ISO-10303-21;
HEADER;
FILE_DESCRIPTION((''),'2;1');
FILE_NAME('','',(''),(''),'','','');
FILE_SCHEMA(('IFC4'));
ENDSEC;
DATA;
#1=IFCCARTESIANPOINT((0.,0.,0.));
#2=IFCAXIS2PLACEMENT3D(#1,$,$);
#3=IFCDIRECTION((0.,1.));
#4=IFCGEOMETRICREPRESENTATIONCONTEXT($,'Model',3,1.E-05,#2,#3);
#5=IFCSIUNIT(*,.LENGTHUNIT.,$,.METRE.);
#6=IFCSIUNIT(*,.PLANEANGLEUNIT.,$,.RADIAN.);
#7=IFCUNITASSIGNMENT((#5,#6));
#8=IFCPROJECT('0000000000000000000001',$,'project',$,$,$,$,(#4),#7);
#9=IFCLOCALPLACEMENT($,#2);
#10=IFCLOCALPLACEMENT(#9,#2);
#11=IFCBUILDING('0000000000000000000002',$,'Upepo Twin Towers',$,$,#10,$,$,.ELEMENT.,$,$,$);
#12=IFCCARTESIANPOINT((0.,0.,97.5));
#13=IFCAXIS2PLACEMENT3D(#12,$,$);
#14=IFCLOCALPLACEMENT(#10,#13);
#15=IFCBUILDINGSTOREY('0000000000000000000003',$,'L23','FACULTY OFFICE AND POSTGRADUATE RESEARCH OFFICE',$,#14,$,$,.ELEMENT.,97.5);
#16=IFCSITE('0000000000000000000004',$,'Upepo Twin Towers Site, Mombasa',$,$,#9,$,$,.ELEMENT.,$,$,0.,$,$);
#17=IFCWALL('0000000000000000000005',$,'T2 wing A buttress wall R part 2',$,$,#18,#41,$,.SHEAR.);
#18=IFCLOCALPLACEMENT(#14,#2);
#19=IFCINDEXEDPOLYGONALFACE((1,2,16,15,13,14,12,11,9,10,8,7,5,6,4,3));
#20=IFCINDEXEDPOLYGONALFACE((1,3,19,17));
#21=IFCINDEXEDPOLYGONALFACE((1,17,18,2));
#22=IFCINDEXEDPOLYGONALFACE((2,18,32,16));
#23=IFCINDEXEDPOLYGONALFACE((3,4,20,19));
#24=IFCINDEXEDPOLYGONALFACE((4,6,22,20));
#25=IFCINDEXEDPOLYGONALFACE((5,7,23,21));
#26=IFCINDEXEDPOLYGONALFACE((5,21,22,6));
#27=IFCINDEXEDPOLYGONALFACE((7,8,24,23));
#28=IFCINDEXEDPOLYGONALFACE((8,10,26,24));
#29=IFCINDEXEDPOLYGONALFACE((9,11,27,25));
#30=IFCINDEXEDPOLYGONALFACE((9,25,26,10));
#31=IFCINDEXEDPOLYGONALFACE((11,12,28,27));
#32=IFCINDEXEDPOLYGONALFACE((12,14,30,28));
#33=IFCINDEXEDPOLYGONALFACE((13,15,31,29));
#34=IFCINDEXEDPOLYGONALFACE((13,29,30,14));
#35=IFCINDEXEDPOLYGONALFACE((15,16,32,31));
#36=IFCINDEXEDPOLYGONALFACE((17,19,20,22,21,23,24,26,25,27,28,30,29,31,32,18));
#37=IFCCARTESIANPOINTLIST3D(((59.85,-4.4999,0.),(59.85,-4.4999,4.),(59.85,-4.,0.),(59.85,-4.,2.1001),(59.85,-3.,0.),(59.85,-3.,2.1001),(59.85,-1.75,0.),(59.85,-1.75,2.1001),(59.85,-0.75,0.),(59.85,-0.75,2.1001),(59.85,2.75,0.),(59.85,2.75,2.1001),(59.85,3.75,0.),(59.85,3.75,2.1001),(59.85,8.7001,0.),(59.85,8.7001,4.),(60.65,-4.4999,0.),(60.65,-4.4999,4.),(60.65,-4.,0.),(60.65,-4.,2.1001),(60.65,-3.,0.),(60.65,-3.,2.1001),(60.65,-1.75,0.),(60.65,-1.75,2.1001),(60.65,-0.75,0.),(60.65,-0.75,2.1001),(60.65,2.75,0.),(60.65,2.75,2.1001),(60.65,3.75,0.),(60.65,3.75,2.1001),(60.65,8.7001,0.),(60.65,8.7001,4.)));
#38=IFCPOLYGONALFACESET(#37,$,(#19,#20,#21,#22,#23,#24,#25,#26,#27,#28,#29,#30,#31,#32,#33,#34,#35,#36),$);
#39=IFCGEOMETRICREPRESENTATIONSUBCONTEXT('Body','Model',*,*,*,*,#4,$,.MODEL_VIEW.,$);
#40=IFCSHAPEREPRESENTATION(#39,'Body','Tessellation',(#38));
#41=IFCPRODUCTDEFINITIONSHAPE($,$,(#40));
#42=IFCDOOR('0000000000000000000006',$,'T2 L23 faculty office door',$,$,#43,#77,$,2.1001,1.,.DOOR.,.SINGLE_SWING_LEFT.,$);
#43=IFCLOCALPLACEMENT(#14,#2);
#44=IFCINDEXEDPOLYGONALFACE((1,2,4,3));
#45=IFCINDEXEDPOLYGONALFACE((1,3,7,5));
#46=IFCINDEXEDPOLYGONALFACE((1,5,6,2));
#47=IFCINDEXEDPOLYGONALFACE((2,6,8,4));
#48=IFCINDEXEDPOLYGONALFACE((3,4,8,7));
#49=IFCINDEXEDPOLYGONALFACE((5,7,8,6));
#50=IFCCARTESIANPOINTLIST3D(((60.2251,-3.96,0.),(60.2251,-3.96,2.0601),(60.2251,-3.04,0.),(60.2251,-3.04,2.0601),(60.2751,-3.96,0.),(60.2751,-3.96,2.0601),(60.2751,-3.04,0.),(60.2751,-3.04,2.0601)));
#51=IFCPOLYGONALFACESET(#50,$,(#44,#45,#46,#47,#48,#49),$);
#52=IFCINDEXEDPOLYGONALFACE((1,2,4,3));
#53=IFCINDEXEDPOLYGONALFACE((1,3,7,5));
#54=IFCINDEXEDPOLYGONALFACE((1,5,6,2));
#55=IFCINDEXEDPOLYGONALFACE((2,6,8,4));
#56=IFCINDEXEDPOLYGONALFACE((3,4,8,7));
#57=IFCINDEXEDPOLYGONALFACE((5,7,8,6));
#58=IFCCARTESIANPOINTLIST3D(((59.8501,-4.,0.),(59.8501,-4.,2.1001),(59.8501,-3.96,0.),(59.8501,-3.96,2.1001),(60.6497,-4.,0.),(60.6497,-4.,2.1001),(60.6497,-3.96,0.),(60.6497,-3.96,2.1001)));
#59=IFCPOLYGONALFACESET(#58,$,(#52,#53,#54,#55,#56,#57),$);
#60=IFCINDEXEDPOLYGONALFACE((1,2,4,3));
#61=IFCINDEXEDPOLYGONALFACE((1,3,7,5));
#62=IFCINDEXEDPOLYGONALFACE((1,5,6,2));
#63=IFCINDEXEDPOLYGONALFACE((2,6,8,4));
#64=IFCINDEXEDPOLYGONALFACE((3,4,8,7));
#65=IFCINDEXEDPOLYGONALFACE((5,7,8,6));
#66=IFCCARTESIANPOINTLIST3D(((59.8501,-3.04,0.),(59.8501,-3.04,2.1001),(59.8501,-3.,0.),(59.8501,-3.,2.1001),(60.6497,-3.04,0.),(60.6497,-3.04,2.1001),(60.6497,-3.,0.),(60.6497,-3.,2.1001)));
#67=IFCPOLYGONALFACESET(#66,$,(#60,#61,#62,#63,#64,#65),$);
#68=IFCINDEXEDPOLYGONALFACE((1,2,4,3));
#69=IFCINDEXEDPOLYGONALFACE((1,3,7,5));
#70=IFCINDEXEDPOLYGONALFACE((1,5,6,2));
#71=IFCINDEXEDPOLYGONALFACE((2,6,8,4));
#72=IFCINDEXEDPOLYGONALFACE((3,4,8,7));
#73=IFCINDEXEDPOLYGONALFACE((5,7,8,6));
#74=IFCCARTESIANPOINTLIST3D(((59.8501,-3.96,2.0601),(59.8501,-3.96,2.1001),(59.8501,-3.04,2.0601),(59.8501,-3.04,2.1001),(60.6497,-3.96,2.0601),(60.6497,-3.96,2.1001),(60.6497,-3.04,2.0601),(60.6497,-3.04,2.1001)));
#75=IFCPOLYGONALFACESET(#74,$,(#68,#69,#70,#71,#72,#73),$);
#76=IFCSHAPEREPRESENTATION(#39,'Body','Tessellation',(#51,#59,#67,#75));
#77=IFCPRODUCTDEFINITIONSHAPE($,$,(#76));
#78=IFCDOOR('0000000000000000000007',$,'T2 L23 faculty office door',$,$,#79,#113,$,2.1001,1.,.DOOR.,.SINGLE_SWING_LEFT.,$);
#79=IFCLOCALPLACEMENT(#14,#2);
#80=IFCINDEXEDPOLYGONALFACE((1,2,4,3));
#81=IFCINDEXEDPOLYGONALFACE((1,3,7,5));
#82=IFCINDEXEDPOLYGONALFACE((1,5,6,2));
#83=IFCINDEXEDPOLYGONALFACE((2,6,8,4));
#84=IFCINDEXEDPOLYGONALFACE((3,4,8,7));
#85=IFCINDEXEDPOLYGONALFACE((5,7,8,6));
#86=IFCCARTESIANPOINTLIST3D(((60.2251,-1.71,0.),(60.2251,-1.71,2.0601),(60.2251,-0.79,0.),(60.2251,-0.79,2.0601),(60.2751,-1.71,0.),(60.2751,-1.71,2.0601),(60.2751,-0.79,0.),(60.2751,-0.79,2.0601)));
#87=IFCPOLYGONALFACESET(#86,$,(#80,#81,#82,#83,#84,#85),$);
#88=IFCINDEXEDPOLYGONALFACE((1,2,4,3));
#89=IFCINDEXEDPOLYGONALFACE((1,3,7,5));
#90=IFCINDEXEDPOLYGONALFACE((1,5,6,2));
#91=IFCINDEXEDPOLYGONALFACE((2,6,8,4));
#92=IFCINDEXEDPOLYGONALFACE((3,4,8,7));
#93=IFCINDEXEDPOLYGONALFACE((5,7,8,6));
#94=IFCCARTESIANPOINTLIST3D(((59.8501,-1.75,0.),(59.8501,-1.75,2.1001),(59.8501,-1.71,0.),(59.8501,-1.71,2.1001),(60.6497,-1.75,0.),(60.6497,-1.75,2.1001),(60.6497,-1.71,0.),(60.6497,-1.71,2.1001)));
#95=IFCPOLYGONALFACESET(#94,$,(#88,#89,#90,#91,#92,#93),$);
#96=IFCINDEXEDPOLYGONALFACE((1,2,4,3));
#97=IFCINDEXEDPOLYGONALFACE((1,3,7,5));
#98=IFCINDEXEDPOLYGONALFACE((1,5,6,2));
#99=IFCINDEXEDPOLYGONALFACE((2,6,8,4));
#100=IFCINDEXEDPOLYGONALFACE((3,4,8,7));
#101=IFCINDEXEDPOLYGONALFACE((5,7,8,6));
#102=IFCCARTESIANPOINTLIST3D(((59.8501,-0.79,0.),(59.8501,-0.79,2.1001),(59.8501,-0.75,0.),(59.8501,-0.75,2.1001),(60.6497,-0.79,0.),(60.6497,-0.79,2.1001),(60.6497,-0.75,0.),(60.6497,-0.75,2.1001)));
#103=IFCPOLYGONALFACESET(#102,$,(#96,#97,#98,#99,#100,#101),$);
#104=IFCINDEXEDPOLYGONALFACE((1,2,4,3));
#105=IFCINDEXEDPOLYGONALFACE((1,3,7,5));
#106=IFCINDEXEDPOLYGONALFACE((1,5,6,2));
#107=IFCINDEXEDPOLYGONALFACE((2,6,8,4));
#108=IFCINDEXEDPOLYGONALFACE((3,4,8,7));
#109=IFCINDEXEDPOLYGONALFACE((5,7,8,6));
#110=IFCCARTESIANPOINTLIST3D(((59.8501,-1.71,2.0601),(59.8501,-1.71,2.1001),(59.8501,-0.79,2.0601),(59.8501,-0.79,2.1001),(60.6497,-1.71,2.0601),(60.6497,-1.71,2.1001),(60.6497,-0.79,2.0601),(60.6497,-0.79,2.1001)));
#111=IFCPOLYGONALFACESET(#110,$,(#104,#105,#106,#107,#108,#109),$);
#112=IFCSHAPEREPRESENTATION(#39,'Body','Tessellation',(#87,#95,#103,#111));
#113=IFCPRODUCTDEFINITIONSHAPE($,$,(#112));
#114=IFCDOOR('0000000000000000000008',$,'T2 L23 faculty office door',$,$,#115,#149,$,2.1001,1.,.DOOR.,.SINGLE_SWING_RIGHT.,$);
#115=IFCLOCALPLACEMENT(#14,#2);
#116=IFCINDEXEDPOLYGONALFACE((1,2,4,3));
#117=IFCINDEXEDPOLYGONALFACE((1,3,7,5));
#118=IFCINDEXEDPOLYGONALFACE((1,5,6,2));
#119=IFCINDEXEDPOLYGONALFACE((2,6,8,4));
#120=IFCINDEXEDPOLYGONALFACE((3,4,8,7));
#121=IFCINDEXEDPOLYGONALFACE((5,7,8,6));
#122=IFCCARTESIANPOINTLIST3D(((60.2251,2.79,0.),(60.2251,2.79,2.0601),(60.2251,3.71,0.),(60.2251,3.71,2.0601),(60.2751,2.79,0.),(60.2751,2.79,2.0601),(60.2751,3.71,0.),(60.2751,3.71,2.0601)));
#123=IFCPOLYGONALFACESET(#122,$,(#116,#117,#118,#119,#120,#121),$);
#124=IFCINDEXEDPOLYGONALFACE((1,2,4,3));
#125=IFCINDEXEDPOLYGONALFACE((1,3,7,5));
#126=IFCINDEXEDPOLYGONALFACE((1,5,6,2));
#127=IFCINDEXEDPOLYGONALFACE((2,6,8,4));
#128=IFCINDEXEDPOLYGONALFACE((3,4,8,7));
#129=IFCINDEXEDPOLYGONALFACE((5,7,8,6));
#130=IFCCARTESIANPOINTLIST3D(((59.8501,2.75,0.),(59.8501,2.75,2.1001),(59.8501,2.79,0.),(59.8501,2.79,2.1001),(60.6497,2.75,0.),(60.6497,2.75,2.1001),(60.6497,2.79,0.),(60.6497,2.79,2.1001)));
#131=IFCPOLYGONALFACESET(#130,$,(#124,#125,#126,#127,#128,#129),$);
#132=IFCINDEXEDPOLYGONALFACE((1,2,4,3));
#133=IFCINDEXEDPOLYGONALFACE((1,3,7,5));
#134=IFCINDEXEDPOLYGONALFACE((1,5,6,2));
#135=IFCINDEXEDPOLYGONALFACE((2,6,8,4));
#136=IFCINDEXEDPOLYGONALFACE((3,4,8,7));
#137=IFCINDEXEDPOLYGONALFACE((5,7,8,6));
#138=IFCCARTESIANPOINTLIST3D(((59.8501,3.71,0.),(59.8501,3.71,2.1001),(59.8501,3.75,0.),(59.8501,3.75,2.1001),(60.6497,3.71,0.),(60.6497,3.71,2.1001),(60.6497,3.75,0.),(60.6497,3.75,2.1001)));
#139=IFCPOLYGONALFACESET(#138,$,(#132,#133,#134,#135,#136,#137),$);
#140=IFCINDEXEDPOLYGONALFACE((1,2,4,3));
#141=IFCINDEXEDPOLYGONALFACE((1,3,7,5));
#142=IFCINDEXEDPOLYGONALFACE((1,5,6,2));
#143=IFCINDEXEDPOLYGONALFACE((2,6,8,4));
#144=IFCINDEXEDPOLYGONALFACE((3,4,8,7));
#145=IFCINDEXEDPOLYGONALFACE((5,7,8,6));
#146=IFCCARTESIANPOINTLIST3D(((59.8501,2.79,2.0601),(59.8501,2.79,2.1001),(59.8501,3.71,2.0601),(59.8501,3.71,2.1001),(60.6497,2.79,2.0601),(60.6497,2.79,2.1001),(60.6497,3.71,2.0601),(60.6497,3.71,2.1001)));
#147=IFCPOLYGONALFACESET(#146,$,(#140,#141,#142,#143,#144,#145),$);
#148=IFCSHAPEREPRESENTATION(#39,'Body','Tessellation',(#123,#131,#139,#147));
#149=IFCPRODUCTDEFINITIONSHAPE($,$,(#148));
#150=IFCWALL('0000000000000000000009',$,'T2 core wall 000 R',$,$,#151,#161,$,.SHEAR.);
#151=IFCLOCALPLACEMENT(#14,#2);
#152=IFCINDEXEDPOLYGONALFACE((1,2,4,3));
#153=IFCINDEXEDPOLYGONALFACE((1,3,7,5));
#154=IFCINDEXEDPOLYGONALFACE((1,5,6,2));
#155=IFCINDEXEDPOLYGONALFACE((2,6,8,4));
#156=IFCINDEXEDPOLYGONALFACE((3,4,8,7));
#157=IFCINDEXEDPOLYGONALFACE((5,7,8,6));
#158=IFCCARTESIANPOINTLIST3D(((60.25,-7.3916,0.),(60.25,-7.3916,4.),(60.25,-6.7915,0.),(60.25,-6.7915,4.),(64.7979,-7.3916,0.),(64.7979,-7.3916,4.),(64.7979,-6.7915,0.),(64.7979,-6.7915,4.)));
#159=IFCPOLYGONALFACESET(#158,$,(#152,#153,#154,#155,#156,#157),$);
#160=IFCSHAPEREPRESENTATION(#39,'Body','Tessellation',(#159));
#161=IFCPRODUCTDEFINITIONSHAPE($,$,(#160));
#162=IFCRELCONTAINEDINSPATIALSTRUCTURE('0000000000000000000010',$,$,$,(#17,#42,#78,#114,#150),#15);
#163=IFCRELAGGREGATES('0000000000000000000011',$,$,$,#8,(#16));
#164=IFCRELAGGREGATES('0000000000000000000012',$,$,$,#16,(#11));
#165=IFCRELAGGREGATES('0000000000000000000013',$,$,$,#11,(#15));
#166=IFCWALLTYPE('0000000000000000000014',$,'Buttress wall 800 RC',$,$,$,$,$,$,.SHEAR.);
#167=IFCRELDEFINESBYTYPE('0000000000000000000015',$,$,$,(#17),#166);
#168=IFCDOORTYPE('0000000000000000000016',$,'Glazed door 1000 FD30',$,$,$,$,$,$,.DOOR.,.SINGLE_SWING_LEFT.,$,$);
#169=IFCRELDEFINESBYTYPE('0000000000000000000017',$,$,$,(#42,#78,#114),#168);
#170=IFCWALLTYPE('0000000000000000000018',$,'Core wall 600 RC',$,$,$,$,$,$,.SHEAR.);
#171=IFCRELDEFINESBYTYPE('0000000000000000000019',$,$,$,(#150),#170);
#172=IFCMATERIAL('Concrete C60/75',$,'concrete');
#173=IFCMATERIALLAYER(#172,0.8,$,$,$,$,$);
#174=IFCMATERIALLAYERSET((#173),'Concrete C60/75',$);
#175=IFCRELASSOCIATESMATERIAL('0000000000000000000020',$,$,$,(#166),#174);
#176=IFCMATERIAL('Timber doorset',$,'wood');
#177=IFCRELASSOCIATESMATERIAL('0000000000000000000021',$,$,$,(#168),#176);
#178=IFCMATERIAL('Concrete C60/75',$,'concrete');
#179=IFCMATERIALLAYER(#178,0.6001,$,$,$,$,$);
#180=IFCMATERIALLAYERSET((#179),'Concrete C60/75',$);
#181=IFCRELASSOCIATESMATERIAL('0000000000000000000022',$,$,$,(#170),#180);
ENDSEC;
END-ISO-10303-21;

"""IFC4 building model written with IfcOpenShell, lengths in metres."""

from ifc_helpers import new_model, si_unit, direction, frame, frame_2d, origin, place, context, subcontext, project, spatial, rectangle, extrude, material, layer, layer_set, type_object, element, fill, save


model = new_model("IFC4")

# Units and contexts
model_context = context("Model", 3, precision=1e-05, world=origin(), true_north=direction((0.0, 1.0)))
body_context = subcontext(model_context, "Body", "Model", "MODEL_VIEW")
ifc_project = project(units=[si_unit("LENGTHUNIT", "METRE"), si_unit("PLANEANGLEUNIT", "RADIAN")], contexts=[model_context])

# Site, building, storey
site_placement = place(None, origin())
site = spatial("IfcSite", under=ifc_project, at=site_placement, Name="Upepo Twin Towers Site, Mombasa", CompositionType="ELEMENT", RefElevation=0.0)
building_placement = place(site_placement, origin())
building = spatial("IfcBuilding", under=site, at=building_placement, Name="Upepo Twin Towers", CompositionType="ELEMENT")
storey_placement = place(building_placement, frame((0.0, 0.0, 97.5)))
storey = spatial("IfcBuildingStorey", under=building, at=storey_placement, Name="L23", Description="FACULTY OFFICE AND POSTGRADUATE RESEARCH OFFICE", CompositionType="ELEMENT", Elevation=97.5)

# Wall, openings, doors
ifc_material_1 = material(Name="Concrete C60/75", Category="concrete")
ifc_layer_1 = layer(ifc_material_1, 0.8)
ifc_layer_set_1 = layer_set([ifc_layer_1], Name="Concrete C60/75")
wall_type_1 = type_object("IfcWallType", Name="Buttress wall 800 RC", PredefinedType="SHEAR", material=ifc_layer_set_1)
ifc_material_2 = material(Name="Timber doorset", Category="wood")
door_type_1 = type_object("IfcDoorType", Name="Glazed door 1000 FD30", OperationType="SINGLE_SWING_LEFT", PredefinedType="DOOR", material=ifc_material_2)
wall_1_placement = place(storey_placement, frame((60.25, -4.5, 0.0), z_axis=(0.0, 0.0, 1.0), x_axis=(0.0, 1.0, 0.0)))
wall_1 = element("IfcWall", 1, at=wall_1_placement, inside=storey, type_object=wall_type_1, Name="T2 wing A buttress wall R part 2", PredefinedType="SHEAR", context=body_context, shape_type="SweptSolid", body=[
    extrude(rectangle(XDim=13.2, YDim=0.8, at=frame_2d((6.6001, 0.0))), origin(), (0.0, 0.0, 1.0), 4.0),
])
opening_1_placement = place(wall_1_placement, frame((0.5, 0.0, 0.0)))
opening_1 = element("IfcOpeningElement", 2, at=opening_1_placement, cuts=wall_1, PredefinedType="OPENING", context=body_context, shape_type="SweptSolid", body=[
    extrude(rectangle(XDim=1.0, YDim=2.1001, at=frame_2d((0.5, 1.05))), frame((0.0, 0.4099, 0.0), z_axis=(0.0, -1.0, 0.0), x_axis=(1.0, 0.0, 0.0)), (0.0, 0.0, 1.0), 0.8201),
])
opening_2_placement = place(wall_1_placement, frame((2.75, 0.0, 0.0)))
opening_2 = element("IfcOpeningElement", 3, at=opening_2_placement, cuts=wall_1, PredefinedType="OPENING", context=body_context, shape_type="SweptSolid", body=[
    extrude(rectangle(XDim=1.0, YDim=2.1001, at=frame_2d((0.5, 1.05))), frame((0.0, 0.4099, 0.0), z_axis=(0.0, -1.0, 0.0), x_axis=(1.0, 0.0, 0.0)), (0.0, 0.0, 1.0), 0.8201),
])
opening_3_placement = place(wall_1_placement, frame((7.25, 0.0, 0.0)))
opening_3 = element("IfcOpeningElement", 4, at=opening_3_placement, cuts=wall_1, PredefinedType="OPENING", context=body_context, shape_type="SweptSolid", body=[
    extrude(rectangle(XDim=1.0, YDim=2.1001, at=frame_2d((0.5, 1.05))), frame((0.0, 0.4099, 0.0), z_axis=(0.0, -1.0, 0.0), x_axis=(1.0, 0.0, 0.0)), (0.0, 0.0, 1.0), 0.8201),
])
door_1_placement = place(opening_1_placement, origin())
door_1 = element("IfcDoor", 5, at=door_1_placement, inside=storey, type_object=door_type_1, Name="T2 L23 faculty office door", OperationType="SINGLE_SWING_LEFT", OverallHeight=2.1001, OverallWidth=1.0, PredefinedType="DOOR", context=body_context, shape_type="SweptSolid", body=[
    extrude(rectangle(XDim=0.92, YDim=2.0601, at=frame_2d((0.5, 1.03))), frame((0.0, 0.0249, 0.0), z_axis=(0.0, -1.0, 0.0), x_axis=(1.0, 0.0, 0.0)), (0.0, 0.0, 1.0), 0.05),
    extrude(rectangle(XDim=0.04, YDim=2.1001, at=frame_2d((0.02, 1.05))), frame((0.0, 0.3999, 0.0), z_axis=(0.0, -1.0, 0.0), x_axis=(1.0, 0.0, 0.0)), (0.0, 0.0, 1.0), 0.7996),
    extrude(rectangle(XDim=0.04, YDim=2.1001, at=frame_2d((0.98, 1.05))), frame((0.0, 0.3999, 0.0), z_axis=(0.0, -1.0, 0.0), x_axis=(1.0, 0.0, 0.0)), (0.0, 0.0, 1.0), 0.7996),
    extrude(rectangle(XDim=0.92, YDim=0.04, at=frame_2d((0.5, 2.0801))), frame((0.0, 0.3999, 0.0), z_axis=(0.0, -1.0, 0.0), x_axis=(1.0, 0.0, 0.0)), (0.0, 0.0, 1.0), 0.7996),
])
fill(opening_1, door_1)
door_2_placement = place(opening_2_placement, origin())
door_2 = element("IfcDoor", 6, at=door_2_placement, inside=storey, type_object=door_type_1, Name="T2 L23 faculty office door", OperationType="SINGLE_SWING_LEFT", OverallHeight=2.1001, OverallWidth=1.0, PredefinedType="DOOR", context=body_context, shape_type="SweptSolid", body=[
    extrude(rectangle(XDim=0.92, YDim=2.0601, at=frame_2d((0.5, 1.03))), frame((0.0, 0.0249, 0.0), z_axis=(0.0, -1.0, 0.0), x_axis=(1.0, 0.0, 0.0)), (0.0, 0.0, 1.0), 0.05),
    extrude(rectangle(XDim=0.04, YDim=2.1001, at=frame_2d((0.02, 1.05))), frame((0.0, 0.3999, 0.0), z_axis=(0.0, -1.0, 0.0), x_axis=(1.0, 0.0, 0.0)), (0.0, 0.0, 1.0), 0.7996),
    extrude(rectangle(XDim=0.04, YDim=2.1001, at=frame_2d((0.98, 1.05))), frame((0.0, 0.3999, 0.0), z_axis=(0.0, -1.0, 0.0), x_axis=(1.0, 0.0, 0.0)), (0.0, 0.0, 1.0), 0.7996),
    extrude(rectangle(XDim=0.92, YDim=0.04, at=frame_2d((0.5, 2.0801))), frame((0.0, 0.3999, 0.0), z_axis=(0.0, -1.0, 0.0), x_axis=(1.0, 0.0, 0.0)), (0.0, 0.0, 1.0), 0.7996),
])
fill(opening_2, door_2)
door_3_placement = place(opening_3_placement, origin())
door_3 = element("IfcDoor", 7, at=door_3_placement, inside=storey, type_object=door_type_1, Name="T2 L23 faculty office door", OperationType="SINGLE_SWING_RIGHT", OverallHeight=2.1001, OverallWidth=1.0, PredefinedType="DOOR", context=body_context, shape_type="SweptSolid", body=[
    extrude(rectangle(XDim=0.92, YDim=2.0601, at=frame_2d((0.5, 1.03))), frame((0.0, 0.0249, 0.0), z_axis=(0.0, -1.0, 0.0), x_axis=(1.0, 0.0, 0.0)), (0.0, 0.0, 1.0), 0.05),
    extrude(rectangle(XDim=0.04, YDim=2.1001, at=frame_2d((0.02, 1.05))), frame((0.0, 0.3999, 0.0), z_axis=(0.0, -1.0, 0.0), x_axis=(1.0, 0.0, 0.0)), (0.0, 0.0, 1.0), 0.7996),
    extrude(rectangle(XDim=0.04, YDim=2.1001, at=frame_2d((0.98, 1.05))), frame((0.0, 0.3999, 0.0), z_axis=(0.0, -1.0, 0.0), x_axis=(1.0, 0.0, 0.0)), (0.0, 0.0, 1.0), 0.7996),
    extrude(rectangle(XDim=0.92, YDim=0.04, at=frame_2d((0.5, 2.0801))), frame((0.0, 0.3999, 0.0), z_axis=(0.0, -1.0, 0.0), x_axis=(1.0, 0.0, 0.0)), (0.0, 0.0, 1.0), 0.7996),
])
fill(opening_3, door_3)

# Wall
ifc_material_3 = material(Name="Concrete C60/75", Category="concrete")
ifc_layer_2 = layer(ifc_material_3, 0.6001)
ifc_layer_set_2 = layer_set([ifc_layer_2], Name="Concrete C60/75")
wall_type_2 = type_object("IfcWallType", Name="Core wall 600 RC", PredefinedType="SHEAR", material=ifc_layer_set_2)
wall_2_placement = place(storey_placement, frame((64.7979, -7.0916, 0.0), z_axis=(0.0, 0.0, 1.0), x_axis=(-1.0, 0.0, 0.0)))
element("IfcWall", 8, at=wall_2_placement, inside=storey, type_object=wall_type_2, Name="T2 core wall 000 R", PredefinedType="SHEAR", context=body_context, shape_type="SweptSolid", body=[
    extrude(rectangle(XDim=4.5479, YDim=0.6001, at=frame_2d((2.2739, 0.0))), origin(), (0.0, 0.0, 1.0), 4.0),
])

save(model, "model.ifc")
